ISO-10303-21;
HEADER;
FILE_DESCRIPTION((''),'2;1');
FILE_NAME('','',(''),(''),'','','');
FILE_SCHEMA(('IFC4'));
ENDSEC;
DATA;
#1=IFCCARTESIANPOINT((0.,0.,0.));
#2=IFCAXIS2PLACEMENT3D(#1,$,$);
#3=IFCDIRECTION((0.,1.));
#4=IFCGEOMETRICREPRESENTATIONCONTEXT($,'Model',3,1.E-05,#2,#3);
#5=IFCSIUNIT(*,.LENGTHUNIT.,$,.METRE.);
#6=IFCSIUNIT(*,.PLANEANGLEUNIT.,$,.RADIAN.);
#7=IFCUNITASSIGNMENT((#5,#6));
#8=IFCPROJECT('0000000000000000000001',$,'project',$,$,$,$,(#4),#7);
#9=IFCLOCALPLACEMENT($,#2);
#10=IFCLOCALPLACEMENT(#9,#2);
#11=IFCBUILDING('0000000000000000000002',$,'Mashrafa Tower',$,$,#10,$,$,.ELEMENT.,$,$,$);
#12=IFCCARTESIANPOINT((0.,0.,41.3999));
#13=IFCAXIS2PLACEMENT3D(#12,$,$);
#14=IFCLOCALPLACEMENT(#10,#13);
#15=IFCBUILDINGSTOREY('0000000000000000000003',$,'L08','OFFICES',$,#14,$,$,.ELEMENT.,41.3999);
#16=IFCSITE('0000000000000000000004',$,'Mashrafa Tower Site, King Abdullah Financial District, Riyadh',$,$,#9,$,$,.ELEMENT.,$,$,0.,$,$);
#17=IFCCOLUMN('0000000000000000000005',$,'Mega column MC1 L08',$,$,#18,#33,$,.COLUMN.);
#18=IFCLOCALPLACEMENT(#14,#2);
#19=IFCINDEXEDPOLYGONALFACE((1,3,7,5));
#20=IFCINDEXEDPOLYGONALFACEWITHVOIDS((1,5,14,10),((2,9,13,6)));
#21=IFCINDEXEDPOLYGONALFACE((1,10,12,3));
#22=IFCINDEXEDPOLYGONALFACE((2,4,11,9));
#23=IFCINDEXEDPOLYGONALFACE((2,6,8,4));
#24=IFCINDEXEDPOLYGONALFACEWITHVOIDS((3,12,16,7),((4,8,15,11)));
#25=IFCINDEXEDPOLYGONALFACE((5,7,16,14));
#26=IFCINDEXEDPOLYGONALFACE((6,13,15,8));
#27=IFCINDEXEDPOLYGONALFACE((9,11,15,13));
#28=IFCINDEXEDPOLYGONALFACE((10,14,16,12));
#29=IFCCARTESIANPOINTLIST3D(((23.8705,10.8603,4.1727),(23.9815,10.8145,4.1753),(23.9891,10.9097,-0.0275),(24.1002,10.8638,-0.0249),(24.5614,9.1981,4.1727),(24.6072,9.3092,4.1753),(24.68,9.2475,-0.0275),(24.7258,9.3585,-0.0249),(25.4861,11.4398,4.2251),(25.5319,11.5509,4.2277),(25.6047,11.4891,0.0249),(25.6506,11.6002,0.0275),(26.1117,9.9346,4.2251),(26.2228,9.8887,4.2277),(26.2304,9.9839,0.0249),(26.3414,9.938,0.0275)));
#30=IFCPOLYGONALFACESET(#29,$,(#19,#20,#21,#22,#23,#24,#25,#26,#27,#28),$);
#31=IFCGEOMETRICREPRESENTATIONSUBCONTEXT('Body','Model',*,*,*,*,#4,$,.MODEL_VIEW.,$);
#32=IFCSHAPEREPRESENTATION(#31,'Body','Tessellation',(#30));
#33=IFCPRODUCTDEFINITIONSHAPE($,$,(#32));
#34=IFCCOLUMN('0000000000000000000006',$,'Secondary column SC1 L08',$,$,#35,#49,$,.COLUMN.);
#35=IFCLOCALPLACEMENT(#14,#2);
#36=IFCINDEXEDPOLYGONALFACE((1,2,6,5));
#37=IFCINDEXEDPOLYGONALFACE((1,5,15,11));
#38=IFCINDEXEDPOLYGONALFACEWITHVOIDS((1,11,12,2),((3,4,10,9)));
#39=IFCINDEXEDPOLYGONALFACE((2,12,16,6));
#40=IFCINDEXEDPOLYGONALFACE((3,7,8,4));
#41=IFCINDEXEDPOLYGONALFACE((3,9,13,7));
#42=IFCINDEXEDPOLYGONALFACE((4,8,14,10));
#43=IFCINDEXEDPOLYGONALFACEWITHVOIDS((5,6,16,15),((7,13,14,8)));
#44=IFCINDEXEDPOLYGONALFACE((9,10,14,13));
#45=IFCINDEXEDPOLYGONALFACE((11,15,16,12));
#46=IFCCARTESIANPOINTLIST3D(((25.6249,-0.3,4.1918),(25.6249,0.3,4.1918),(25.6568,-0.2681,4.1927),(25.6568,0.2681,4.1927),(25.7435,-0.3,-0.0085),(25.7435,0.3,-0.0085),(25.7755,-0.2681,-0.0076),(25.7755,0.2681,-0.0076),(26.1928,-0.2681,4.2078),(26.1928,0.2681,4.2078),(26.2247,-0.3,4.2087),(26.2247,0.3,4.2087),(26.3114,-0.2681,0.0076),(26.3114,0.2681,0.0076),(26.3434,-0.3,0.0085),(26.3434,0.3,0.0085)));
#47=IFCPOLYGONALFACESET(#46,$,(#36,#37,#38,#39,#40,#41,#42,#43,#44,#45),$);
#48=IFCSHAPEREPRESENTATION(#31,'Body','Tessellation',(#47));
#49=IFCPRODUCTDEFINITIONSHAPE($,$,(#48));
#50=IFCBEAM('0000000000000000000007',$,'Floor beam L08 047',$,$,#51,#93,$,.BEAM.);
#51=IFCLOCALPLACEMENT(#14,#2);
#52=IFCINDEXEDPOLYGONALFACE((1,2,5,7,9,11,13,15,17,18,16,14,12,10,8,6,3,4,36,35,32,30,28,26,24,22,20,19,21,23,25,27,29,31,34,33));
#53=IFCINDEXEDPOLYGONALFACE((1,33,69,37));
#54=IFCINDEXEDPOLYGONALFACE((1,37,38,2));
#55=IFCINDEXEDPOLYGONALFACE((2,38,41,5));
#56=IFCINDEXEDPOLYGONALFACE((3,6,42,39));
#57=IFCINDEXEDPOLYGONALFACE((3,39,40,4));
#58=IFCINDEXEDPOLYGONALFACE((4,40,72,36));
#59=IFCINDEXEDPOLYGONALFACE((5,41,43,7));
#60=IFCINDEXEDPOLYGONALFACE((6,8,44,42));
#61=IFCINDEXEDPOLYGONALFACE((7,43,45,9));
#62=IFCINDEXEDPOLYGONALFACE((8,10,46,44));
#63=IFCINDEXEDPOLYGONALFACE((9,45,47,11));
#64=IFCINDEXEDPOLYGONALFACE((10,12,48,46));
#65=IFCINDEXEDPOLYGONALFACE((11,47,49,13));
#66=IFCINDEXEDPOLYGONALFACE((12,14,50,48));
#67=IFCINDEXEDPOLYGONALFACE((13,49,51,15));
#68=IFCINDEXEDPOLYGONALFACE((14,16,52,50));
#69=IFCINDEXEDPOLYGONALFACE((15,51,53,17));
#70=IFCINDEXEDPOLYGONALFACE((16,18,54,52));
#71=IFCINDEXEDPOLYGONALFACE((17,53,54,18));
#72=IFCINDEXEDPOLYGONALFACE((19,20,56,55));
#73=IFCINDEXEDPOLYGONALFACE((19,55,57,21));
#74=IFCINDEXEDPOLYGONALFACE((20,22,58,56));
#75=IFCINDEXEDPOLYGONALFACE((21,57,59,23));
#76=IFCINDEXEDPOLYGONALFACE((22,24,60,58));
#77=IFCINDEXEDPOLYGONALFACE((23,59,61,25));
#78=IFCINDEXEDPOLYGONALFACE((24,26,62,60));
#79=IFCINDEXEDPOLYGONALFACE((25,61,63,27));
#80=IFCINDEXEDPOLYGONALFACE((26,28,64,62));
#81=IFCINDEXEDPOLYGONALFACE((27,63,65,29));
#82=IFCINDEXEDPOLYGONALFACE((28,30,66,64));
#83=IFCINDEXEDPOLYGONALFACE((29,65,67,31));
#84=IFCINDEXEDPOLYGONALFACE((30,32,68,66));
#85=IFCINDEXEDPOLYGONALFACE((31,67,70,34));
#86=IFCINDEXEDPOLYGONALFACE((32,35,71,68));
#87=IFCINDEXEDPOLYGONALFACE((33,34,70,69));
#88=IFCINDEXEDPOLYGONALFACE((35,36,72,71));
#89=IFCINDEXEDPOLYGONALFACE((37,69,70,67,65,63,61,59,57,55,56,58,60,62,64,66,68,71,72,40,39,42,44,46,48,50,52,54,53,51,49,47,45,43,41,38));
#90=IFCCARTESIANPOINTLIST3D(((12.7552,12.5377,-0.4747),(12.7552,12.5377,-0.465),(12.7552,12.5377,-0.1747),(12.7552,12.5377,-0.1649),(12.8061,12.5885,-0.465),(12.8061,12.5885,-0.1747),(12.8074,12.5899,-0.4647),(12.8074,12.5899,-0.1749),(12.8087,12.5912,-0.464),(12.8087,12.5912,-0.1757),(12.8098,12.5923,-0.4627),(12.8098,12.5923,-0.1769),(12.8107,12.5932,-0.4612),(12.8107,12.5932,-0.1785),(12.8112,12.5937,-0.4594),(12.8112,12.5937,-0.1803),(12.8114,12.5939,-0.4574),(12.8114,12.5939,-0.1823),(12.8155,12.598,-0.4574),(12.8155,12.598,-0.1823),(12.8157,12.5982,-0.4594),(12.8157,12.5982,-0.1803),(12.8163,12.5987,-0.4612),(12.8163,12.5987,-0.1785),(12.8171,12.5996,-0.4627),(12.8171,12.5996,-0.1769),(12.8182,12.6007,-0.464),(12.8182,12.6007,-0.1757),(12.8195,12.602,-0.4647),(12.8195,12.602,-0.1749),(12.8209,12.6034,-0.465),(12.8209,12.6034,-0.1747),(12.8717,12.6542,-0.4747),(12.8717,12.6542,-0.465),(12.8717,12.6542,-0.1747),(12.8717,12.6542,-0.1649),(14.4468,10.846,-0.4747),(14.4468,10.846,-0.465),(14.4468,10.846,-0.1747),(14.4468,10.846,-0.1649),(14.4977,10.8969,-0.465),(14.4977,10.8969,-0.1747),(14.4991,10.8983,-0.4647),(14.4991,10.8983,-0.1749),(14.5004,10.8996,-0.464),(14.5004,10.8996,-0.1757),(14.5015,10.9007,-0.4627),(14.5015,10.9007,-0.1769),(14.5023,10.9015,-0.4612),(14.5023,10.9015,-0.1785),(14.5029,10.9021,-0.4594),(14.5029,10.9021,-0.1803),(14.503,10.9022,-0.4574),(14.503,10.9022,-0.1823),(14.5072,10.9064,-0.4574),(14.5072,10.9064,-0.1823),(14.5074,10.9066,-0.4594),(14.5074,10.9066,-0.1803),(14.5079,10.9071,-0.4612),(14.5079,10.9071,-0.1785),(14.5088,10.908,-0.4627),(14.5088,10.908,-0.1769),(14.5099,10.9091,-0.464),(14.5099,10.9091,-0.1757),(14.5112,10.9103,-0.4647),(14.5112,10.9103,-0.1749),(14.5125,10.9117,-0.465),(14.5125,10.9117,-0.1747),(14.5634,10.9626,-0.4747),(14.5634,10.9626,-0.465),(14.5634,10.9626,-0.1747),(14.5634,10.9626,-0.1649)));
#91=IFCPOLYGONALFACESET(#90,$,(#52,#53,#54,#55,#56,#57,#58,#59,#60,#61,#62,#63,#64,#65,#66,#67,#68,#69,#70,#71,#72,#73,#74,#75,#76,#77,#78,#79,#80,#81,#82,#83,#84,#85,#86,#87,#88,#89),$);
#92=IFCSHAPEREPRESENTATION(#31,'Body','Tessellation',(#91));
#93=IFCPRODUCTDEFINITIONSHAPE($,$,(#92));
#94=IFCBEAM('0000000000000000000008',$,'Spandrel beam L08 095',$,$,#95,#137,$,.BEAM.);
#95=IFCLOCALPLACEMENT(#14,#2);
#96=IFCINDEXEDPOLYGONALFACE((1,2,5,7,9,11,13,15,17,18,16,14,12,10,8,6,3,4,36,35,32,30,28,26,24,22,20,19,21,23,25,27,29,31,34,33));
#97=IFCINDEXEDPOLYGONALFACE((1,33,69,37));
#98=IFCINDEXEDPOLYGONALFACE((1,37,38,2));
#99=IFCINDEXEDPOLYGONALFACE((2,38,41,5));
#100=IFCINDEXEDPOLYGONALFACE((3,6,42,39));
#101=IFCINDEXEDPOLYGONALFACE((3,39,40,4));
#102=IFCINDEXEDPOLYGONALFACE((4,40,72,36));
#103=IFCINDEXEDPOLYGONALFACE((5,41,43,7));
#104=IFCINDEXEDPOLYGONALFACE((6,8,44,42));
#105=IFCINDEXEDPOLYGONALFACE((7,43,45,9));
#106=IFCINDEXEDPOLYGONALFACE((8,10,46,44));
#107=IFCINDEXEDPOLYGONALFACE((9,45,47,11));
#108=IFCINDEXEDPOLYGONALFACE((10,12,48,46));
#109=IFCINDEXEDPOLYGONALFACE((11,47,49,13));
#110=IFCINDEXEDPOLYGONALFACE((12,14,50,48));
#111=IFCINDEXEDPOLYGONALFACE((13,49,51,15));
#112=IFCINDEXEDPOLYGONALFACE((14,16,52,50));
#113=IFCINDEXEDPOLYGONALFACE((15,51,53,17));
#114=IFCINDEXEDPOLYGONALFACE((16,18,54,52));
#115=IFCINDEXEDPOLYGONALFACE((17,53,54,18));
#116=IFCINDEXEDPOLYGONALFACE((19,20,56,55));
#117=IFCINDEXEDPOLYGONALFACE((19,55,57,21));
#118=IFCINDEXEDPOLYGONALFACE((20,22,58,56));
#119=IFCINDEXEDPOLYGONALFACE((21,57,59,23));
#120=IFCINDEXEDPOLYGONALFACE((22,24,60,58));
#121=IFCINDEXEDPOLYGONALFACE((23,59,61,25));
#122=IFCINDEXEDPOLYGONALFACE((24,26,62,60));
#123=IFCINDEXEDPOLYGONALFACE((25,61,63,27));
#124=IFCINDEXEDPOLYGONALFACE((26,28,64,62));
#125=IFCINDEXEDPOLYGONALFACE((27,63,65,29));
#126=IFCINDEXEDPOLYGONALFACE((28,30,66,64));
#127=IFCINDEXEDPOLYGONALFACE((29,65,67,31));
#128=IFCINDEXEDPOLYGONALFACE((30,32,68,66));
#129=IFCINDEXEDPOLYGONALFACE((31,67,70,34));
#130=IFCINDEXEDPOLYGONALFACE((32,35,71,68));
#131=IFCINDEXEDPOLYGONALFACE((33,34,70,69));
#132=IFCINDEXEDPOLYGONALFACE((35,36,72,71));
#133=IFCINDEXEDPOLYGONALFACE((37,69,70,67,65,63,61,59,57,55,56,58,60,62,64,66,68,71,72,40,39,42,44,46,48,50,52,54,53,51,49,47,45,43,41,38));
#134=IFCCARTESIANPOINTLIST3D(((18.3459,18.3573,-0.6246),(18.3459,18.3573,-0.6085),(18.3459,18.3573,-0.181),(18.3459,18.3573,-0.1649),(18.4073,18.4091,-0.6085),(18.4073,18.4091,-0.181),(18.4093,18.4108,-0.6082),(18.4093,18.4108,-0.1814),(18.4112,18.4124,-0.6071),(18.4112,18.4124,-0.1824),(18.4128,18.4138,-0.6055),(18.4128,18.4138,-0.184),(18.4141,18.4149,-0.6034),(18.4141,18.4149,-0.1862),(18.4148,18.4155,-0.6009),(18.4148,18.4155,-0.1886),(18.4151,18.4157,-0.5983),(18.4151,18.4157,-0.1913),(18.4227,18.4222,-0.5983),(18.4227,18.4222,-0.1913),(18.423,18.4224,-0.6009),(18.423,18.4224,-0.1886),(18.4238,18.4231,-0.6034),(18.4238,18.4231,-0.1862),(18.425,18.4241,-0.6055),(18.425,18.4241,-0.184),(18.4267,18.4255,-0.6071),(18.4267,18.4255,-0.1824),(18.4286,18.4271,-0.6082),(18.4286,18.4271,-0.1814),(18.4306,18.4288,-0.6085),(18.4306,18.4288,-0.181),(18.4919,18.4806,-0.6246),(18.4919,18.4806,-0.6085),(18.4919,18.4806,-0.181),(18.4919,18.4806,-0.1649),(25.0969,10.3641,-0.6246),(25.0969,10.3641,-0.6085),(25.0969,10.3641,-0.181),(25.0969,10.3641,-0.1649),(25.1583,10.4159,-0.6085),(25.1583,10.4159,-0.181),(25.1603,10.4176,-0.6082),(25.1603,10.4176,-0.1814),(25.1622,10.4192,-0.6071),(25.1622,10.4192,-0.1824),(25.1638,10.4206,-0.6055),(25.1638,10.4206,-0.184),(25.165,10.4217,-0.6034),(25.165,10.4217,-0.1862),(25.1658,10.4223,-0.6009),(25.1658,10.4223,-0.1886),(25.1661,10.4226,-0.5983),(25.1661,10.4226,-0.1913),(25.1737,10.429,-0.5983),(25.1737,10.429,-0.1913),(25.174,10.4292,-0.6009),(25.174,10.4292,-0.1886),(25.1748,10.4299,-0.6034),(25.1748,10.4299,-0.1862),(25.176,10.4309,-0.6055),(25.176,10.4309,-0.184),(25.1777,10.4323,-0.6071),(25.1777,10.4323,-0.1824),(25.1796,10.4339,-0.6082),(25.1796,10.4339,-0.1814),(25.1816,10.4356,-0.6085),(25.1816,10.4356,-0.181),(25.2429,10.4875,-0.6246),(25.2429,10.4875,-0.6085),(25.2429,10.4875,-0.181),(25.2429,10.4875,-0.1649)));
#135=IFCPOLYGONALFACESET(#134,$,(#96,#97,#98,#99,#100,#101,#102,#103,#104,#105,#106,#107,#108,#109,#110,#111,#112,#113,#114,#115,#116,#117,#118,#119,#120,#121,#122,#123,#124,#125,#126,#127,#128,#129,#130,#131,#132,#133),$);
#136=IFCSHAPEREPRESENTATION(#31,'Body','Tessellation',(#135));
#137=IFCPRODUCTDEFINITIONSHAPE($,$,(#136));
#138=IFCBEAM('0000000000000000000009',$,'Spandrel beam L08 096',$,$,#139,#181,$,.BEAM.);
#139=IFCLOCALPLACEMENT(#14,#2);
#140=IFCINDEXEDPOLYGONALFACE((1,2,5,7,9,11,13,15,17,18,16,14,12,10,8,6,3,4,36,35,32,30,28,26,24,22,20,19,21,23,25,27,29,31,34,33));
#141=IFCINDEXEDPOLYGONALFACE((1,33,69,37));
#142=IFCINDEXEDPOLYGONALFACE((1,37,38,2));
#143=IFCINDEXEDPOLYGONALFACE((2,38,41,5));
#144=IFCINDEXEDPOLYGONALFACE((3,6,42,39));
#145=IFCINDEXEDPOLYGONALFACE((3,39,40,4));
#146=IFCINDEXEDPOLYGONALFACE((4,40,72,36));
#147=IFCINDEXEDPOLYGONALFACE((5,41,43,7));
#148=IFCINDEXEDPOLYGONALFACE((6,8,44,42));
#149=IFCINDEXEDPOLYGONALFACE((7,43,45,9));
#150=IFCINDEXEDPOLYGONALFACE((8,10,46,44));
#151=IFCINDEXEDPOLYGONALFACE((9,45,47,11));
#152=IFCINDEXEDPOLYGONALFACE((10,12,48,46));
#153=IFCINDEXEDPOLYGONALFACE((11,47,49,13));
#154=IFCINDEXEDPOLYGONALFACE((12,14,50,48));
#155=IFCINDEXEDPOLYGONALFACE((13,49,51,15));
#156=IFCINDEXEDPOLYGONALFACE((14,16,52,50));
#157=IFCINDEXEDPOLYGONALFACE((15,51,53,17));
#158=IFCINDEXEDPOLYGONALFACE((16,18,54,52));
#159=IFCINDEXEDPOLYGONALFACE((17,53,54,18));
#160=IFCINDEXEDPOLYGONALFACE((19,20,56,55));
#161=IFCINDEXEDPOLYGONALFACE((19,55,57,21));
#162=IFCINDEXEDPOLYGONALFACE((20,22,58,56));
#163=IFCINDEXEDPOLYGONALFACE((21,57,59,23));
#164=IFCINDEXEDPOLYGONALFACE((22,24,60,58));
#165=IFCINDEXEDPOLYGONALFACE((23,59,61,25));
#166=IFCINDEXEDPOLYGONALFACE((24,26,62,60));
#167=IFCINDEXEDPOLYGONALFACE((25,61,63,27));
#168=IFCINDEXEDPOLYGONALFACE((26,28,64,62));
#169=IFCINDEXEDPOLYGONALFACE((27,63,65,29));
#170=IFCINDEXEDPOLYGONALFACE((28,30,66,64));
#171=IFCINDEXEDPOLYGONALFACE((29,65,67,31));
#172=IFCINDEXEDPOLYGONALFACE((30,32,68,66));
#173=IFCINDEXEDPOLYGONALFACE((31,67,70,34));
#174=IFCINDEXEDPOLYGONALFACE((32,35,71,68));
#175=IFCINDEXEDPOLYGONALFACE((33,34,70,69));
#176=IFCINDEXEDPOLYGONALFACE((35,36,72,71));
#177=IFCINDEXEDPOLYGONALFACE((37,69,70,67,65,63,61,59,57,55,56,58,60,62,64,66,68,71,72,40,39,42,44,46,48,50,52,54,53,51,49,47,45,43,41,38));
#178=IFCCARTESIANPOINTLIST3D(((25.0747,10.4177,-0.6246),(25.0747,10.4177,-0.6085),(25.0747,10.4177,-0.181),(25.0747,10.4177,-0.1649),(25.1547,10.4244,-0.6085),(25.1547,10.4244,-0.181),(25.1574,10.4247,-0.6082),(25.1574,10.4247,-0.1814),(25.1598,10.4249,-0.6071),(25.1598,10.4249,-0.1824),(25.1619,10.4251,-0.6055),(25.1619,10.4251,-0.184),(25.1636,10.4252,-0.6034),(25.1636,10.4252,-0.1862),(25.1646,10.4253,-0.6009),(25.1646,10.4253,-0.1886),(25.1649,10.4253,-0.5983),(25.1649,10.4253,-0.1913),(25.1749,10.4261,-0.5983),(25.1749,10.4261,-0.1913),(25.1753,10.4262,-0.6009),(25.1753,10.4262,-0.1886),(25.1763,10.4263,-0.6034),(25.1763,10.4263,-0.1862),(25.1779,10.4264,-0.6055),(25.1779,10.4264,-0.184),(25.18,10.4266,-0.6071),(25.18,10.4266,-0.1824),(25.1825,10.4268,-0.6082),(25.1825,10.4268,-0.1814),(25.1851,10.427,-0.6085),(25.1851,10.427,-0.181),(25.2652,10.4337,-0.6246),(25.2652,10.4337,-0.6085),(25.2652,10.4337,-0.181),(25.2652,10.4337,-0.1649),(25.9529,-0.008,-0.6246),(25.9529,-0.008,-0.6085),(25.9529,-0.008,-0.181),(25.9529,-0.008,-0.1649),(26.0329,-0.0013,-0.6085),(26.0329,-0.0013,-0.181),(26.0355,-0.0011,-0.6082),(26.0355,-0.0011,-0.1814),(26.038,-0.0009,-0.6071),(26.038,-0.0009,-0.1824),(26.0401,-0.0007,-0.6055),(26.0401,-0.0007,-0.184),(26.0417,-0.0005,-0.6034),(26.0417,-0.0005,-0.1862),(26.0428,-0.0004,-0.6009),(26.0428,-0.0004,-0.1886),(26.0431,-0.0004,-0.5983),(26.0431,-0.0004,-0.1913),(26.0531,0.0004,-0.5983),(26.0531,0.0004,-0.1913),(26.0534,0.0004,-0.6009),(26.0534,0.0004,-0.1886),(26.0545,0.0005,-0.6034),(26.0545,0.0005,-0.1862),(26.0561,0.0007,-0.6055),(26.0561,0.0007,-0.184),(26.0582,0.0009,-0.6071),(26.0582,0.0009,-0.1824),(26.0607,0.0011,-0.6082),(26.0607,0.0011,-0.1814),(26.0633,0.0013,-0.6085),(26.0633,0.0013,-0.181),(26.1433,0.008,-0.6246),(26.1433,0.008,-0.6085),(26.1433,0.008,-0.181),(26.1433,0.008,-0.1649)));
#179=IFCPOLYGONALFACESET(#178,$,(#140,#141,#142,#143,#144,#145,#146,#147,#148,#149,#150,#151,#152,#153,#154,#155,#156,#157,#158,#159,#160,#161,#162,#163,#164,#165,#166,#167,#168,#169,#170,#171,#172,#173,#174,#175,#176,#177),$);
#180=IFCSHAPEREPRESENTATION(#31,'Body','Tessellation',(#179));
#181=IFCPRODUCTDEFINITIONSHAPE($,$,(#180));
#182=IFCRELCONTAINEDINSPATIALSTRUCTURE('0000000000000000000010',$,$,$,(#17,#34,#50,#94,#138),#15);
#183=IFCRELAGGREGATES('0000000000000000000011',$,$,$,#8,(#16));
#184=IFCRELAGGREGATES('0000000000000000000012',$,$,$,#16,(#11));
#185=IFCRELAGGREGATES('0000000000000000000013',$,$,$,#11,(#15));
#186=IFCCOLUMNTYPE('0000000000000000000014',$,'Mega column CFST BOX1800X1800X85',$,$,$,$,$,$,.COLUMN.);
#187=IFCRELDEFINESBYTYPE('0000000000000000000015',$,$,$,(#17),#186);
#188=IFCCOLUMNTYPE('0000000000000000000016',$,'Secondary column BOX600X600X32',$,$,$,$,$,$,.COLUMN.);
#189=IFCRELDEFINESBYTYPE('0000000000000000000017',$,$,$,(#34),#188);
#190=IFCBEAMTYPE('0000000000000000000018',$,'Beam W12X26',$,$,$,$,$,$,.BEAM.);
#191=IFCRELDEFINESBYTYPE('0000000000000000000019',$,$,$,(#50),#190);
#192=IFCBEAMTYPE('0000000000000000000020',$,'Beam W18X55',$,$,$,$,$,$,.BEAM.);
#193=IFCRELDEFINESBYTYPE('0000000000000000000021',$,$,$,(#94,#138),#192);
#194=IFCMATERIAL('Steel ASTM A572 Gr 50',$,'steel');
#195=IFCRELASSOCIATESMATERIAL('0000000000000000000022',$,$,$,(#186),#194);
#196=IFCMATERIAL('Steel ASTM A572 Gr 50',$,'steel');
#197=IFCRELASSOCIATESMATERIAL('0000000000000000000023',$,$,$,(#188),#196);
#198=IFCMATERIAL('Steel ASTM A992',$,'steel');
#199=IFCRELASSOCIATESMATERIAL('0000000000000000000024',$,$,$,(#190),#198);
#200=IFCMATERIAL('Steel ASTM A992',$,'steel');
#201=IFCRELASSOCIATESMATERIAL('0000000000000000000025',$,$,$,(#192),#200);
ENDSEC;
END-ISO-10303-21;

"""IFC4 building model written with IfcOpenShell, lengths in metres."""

from ifc_helpers import new_model, si_unit, direction, frame, origin, origin_2d, place, context, subcontext, project, spatial, hollow_rectangle, i_section, extrude, material, material_profile, profile_set, type_object, element, save


model = new_model("IFC4")

# Units and contexts
model_context = context("Model", 3, precision=1e-05, world=origin(), true_north=direction((0.0, 1.0)))
body_context = subcontext(model_context, "Body", "Model", "MODEL_VIEW")
ifc_project = project(units=[si_unit("LENGTHUNIT", "METRE"), si_unit("PLANEANGLEUNIT", "RADIAN")], contexts=[model_context])

# Site, building, storey
site_placement = place(None, origin())
site = spatial("IfcSite", under=ifc_project, at=site_placement, Name="Mashrafa Tower Site, King Abdullah Financial District, Riyadh", CompositionType="ELEMENT", RefElevation=0.0)
building_placement = place(site_placement, origin())
building = spatial("IfcBuilding", under=site, at=building_placement, Name="Mashrafa Tower", CompositionType="ELEMENT")
storey_placement = place(building_placement, frame((0.0, 0.0, 41.3999)))
storey = spatial("IfcBuildingStorey", under=building, at=storey_placement, Name="L08", Description="OFFICES", CompositionType="ELEMENT", Elevation=41.3999)

# Columns
ifc_material_1 = material(Name="Steel ASTM A572 Gr 50", Category="steel")
ifc_material_profile_1 = material_profile(ifc_material_1, hollow_rectangle(XDim=1.8, YDim=1.8, WallThickness=0.085, at=origin_2d()), Name="BOX1800X1800X85")
ifc_profile_set_1 = profile_set([ifc_material_profile_1], Name="Steel ASTM A572 Gr 50")
column_type_1 = type_object("IfcColumnType", Name="Mega column CFST BOX1800X1800X85", PredefinedType="COLUMN", material=ifc_profile_set_1)
column_1_placement = place(storey_placement, frame((25.1653, 10.4238, 0.0), z_axis=(-0.028236, -0.011736, 0.999532), x_axis=(0.383806, -0.923414, 0.0)))
element("IfcColumn", 1, at=column_1_placement, inside=storey, type_object=column_type_1, Name="Mega column MC1 L08", PredefinedType="COLUMN", context=body_context, shape_type="SweptSolid", body=[
    extrude(hollow_rectangle(XDim=1.8, YDim=1.8, WallThickness=0.085, at=origin_2d()), origin(), (0.0, 0.0, 1.0), 4.2021),
])
ifc_material_2 = material(Name="Steel ASTM A572 Gr 50", Category="steel")
ifc_material_profile_2 = material_profile(ifc_material_2, hollow_rectangle(XDim=0.6001, YDim=0.6001, WallThickness=0.032, at=origin_2d()), Name="BOX600X600X32")
ifc_profile_set_2 = profile_set([ifc_material_profile_2], Name="Steel ASTM A572 Gr 50")
column_type_2 = type_object("IfcColumnType", Name="Secondary column BOX600X600X32", PredefinedType="COLUMN", material=ifc_profile_set_2)
column_2_placement = place(storey_placement, frame((26.0435, 0.0, 0.0), z_axis=(-0.028238, 0.0, 0.999601), x_axis=(0.0, -1.0, 0.0)))
element("IfcColumn", 2, at=column_2_placement, inside=storey, type_object=column_type_2, Name="Secondary column SC1 L08", PredefinedType="COLUMN", context=body_context, shape_type="SweptSolid", body=[
    extrude(hollow_rectangle(XDim=0.6001, YDim=0.6001, WallThickness=0.032, at=origin_2d()), origin(), (0.0, 0.0, 1.0), 4.2019),
])

# Beams
ifc_material_3 = material(Name="Steel ASTM A992", Category="steel")
ifc_material_profile_3 = material_profile(ifc_material_3, i_section(OverallWidth=0.1648, OverallDepth=0.3098, WebThickness=0.0059, FlangeThickness=0.0098, FilletRadius=0.0076, at=origin_2d()), Name="W12X26")
ifc_profile_set_3 = profile_set([ifc_material_profile_3], Name="Steel ASTM A992")
beam_type_1 = type_object("IfcBeamType", Name="Beam W12X26", PredefinedType="BEAM", material=ifc_profile_set_3)
beam_1_placement = place(storey_placement, frame((12.8135, 12.5959, -0.3198), z_axis=(0.707107, -0.707107, 0.0), x_axis=(0.707107, 0.707107, 0.0)))
element("IfcBeam", 3, at=beam_1_placement, inside=storey, type_object=beam_type_1, Name="Floor beam L08 047", PredefinedType="BEAM", context=body_context, shape_type="SweptSolid", body=[
    extrude(i_section(OverallWidth=0.1648, OverallDepth=0.3098, WebThickness=0.0059, FlangeThickness=0.0098, FilletRadius=0.0076, at=origin_2d()), origin(), (0.0, 0.0, 1.0), 2.3923),
])
ifc_material_4 = material(Name="Steel ASTM A992", Category="steel")
ifc_material_profile_4 = material_profile(ifc_material_4, i_section(OverallWidth=0.1912, OverallDepth=0.4597, WebThickness=0.01, FlangeThickness=0.0161, FilletRadius=0.0103, at=origin_2d()), Name="W18X55")
ifc_profile_set_4 = profile_set([ifc_material_profile_4], Name="Steel ASTM A992")
beam_type_2 = type_object("IfcBeamType", Name="Beam W18X55", PredefinedType="BEAM", material=ifc_profile_set_4)
for number, where, z_axis, x_axis, name in (
    (4, (25.1699, 10.4258, -0.3948), (-0.645247, 0.763974, 0.0), (-0.763974, -0.645247, 0.0), "Spandrel beam L08 095"),
    (5, (26.0481, 0.0, -0.3948), (-0.083934, 0.996471, 0.0), (-0.996471, -0.083934, 0.0), "Spandrel beam L08 096"),
):
    element("IfcBeam", number, at=place(storey_placement, frame(where, z_axis=z_axis, x_axis=x_axis)), inside=storey, type_object=beam_type_2, Name=name, PredefinedType="BEAM", context=body_context, shape_type="SweptSolid", body=[
        extrude(i_section(OverallWidth=0.1912, OverallDepth=0.4597, WebThickness=0.01, FlangeThickness=0.0161, FilletRadius=0.0103, at=origin_2d()), origin(), (0.0, 0.0, 1.0), 10.4626),
    ])

save(model, "model.ifc")
